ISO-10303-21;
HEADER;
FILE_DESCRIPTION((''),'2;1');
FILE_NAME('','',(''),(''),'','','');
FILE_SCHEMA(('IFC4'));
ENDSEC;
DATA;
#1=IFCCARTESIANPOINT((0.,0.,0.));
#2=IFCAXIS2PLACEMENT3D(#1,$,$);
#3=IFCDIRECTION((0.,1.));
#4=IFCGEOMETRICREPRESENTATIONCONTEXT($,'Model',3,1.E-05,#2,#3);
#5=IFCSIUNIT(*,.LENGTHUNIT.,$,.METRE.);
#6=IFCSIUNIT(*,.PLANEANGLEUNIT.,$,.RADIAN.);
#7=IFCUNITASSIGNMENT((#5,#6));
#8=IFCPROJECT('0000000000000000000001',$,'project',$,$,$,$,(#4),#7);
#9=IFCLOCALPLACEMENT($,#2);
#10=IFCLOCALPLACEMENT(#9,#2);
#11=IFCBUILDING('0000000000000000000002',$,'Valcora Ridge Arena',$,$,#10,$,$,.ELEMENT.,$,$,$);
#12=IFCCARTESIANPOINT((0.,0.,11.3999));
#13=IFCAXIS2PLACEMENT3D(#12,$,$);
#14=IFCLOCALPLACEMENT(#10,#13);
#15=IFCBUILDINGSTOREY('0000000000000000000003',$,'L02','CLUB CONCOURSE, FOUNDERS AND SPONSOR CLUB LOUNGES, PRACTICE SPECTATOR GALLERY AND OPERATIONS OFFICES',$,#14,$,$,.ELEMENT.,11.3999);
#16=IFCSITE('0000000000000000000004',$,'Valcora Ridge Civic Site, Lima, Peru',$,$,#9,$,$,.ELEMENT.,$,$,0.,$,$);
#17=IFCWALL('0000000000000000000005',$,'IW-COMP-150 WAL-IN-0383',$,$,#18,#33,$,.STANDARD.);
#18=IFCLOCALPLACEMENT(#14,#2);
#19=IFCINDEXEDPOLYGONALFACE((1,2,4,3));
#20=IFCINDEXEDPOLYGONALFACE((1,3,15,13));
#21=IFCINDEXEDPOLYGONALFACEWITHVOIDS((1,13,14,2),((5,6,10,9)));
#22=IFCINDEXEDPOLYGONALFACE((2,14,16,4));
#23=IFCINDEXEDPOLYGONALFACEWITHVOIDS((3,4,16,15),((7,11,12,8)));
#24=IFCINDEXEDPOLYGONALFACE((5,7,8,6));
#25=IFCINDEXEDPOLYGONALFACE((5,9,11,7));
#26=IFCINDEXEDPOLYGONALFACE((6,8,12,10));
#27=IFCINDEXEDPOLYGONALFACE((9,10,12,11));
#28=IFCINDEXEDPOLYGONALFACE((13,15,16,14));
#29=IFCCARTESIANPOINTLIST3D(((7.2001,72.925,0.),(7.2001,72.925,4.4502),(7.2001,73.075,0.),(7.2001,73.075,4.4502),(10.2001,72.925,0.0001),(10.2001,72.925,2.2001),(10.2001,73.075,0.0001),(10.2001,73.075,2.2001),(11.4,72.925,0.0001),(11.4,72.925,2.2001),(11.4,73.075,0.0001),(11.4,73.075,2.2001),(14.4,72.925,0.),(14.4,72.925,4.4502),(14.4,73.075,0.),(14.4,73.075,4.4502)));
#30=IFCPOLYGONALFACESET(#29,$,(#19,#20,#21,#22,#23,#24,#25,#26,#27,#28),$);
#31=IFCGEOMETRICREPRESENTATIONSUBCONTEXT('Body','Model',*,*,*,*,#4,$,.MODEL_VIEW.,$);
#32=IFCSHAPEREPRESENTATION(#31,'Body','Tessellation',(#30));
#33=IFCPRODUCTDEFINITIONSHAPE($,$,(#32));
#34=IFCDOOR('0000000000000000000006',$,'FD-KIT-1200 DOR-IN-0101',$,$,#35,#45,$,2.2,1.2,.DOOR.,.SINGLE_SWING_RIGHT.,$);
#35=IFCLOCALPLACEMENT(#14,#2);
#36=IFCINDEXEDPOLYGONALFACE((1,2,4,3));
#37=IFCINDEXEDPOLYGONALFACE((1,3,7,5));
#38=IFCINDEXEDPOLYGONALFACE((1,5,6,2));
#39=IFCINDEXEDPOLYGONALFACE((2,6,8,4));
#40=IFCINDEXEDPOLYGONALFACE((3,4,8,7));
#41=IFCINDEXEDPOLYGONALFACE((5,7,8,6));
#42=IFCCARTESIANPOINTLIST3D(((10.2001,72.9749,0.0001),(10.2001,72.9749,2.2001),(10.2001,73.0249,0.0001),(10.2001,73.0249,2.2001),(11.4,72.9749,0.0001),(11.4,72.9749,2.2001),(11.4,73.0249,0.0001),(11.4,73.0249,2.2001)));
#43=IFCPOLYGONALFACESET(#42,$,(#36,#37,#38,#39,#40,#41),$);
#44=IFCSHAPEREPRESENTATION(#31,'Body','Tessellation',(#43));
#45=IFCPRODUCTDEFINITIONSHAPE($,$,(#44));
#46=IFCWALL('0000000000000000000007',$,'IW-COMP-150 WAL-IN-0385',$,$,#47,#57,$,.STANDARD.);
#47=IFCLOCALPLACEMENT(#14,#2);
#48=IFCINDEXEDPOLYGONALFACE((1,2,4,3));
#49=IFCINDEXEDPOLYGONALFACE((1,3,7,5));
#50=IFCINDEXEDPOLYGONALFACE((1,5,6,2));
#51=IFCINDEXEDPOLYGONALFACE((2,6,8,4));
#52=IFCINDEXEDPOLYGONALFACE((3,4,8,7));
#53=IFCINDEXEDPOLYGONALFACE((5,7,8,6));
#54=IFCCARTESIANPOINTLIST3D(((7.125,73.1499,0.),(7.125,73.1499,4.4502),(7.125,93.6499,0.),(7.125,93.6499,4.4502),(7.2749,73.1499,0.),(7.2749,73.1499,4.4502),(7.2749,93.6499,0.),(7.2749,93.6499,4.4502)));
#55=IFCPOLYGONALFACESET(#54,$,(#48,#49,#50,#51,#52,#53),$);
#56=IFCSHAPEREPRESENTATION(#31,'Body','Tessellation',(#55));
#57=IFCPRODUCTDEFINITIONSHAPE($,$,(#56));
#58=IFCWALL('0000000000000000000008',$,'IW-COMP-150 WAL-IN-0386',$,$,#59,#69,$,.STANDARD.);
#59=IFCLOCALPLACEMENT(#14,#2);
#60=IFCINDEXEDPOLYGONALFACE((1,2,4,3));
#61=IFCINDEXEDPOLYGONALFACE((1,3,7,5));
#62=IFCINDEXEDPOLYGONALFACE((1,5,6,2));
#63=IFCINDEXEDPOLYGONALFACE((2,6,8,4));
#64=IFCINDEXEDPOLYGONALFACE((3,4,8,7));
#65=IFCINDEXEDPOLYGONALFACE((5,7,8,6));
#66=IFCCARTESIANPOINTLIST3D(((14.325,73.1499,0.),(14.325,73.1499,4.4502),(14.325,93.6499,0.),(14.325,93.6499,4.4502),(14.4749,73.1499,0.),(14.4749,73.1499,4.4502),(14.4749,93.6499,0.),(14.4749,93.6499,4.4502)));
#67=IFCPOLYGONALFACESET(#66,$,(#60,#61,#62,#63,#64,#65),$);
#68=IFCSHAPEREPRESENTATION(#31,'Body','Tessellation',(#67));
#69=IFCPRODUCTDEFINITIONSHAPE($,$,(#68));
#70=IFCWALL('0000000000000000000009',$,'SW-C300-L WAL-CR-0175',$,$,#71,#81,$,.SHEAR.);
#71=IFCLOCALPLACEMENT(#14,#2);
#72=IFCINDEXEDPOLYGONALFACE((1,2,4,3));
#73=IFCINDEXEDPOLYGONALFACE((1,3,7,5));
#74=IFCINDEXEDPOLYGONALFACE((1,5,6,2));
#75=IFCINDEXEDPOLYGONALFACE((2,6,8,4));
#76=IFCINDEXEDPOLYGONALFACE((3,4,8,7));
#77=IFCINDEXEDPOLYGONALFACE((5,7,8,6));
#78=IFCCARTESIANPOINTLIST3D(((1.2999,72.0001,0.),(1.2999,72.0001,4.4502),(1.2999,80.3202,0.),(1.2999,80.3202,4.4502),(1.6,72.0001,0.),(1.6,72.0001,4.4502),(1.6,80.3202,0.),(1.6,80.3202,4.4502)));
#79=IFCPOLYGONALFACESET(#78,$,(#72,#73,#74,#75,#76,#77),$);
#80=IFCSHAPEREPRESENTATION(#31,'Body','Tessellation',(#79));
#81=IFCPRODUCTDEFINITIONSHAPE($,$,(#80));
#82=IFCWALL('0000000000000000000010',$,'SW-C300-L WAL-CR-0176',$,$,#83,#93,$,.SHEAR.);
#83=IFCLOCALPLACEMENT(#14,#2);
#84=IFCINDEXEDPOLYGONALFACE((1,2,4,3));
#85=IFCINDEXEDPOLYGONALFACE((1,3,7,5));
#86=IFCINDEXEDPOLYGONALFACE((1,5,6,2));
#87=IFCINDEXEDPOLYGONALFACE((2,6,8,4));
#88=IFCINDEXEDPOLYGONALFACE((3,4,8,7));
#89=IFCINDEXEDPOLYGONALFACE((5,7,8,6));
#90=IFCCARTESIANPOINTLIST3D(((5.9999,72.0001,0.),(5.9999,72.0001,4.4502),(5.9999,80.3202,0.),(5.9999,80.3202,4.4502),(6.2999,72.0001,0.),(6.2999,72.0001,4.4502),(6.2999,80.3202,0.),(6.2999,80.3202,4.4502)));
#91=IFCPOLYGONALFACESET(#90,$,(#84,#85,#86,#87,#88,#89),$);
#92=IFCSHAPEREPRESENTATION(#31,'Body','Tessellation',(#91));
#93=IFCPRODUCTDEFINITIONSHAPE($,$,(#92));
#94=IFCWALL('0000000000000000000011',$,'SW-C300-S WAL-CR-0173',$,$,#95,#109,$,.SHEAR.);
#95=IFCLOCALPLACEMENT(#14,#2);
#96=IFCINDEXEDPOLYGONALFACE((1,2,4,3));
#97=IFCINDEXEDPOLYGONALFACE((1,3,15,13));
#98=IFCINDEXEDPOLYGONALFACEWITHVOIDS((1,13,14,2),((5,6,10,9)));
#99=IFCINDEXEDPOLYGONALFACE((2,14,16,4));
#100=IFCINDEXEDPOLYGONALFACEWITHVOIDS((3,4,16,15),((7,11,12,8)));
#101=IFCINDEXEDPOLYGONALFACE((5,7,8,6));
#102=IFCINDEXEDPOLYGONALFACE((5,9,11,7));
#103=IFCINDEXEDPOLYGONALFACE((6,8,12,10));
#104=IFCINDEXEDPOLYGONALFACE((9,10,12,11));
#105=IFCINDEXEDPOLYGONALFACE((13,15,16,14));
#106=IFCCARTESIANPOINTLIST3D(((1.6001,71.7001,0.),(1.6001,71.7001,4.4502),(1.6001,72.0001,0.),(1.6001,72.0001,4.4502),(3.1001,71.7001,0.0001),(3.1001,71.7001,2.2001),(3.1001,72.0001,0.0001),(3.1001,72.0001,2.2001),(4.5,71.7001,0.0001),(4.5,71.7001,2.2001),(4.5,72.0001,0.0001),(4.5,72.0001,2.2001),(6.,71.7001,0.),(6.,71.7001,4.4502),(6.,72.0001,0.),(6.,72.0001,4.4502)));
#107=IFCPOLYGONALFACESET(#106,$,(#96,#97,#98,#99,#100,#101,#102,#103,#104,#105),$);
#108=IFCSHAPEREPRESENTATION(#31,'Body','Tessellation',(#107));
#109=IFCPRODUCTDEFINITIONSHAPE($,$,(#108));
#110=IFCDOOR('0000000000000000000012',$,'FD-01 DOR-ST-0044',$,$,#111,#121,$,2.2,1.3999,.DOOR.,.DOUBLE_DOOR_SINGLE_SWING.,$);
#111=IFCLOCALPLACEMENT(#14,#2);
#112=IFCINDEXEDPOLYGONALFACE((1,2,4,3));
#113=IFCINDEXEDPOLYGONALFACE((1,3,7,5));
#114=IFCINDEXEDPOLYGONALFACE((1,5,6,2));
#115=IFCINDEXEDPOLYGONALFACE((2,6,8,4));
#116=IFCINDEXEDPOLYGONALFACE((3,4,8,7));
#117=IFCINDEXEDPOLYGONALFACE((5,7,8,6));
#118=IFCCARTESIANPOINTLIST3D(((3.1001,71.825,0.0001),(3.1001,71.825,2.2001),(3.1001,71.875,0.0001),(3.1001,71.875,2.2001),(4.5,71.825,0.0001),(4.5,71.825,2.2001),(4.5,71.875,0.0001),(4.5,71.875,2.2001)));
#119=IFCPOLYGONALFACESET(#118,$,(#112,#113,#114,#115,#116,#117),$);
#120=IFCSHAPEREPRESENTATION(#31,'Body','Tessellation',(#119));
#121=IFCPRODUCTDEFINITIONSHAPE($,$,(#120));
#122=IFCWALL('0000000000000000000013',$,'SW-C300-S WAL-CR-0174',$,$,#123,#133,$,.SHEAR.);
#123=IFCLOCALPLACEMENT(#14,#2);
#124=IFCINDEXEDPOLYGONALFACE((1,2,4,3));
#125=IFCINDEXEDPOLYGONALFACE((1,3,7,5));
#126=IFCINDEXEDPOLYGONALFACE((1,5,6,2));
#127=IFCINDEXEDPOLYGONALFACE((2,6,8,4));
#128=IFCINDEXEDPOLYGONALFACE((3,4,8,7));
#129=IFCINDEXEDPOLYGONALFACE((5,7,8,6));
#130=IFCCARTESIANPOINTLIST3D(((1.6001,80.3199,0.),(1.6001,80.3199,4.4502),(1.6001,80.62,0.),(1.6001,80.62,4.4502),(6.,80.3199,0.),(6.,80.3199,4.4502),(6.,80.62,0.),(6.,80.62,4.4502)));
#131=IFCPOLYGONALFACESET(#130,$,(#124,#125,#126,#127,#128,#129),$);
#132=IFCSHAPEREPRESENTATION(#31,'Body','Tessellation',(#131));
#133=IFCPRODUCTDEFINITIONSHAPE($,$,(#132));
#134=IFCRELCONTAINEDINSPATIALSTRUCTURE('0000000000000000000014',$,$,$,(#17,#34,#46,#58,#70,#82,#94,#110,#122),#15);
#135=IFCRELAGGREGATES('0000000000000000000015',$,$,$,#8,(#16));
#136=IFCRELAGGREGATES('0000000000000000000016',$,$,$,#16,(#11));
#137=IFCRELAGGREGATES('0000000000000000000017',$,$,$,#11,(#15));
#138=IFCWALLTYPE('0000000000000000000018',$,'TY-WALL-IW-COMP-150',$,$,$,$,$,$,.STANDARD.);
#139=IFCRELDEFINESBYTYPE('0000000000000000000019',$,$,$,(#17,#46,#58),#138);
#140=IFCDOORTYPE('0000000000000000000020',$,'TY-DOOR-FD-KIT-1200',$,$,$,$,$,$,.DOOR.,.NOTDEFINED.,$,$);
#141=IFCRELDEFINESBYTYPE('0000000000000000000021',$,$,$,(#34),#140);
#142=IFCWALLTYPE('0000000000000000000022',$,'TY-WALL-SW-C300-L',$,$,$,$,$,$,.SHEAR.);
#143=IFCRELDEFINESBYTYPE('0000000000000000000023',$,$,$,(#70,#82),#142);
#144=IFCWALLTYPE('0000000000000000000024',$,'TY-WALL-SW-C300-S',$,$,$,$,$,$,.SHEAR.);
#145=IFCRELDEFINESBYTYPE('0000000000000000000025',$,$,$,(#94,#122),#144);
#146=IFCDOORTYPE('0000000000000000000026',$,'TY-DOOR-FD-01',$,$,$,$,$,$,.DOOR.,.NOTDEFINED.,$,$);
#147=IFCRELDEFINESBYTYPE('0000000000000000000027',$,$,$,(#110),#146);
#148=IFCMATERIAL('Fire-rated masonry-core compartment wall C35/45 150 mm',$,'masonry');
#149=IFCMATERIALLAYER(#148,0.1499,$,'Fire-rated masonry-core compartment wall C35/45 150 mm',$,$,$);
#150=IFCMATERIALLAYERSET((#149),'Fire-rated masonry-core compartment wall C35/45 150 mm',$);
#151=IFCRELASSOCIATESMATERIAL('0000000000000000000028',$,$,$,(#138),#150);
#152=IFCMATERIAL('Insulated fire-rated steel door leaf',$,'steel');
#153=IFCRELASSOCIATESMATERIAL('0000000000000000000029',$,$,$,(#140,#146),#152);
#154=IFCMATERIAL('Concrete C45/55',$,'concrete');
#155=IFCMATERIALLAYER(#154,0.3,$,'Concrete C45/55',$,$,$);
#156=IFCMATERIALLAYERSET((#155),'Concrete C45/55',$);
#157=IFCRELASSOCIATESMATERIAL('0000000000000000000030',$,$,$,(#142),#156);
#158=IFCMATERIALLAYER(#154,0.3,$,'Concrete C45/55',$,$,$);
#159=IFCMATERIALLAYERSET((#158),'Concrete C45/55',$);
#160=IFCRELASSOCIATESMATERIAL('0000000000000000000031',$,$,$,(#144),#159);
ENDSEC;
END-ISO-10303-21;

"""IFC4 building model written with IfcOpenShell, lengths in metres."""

from ifc_helpers import new_model, si_unit, direction, frame, frame_2d, origin, place, context, subcontext, project, spatial, rectangle, extrude, material, layer, layer_set, type_object, element, fill, save


model = new_model("IFC4")

# Units and contexts
model_context = context("Model", 3, precision=1e-05, world=origin(), true_north=direction((0.0, 1.0)))
body_context = subcontext(model_context, "Body", "Model", "MODEL_VIEW")
ifc_project = project(units=[si_unit("LENGTHUNIT", "METRE"), si_unit("PLANEANGLEUNIT", "RADIAN")], contexts=[model_context])

# Site, building, storey
site_placement = place(None, origin())
site = spatial("IfcSite", under=ifc_project, at=site_placement, Name="Valcora Ridge Civic Site, Lima, Peru", CompositionType="ELEMENT", RefElevation=0.0)
building_placement = place(site_placement, origin())
building = spatial("IfcBuilding", under=site, at=building_placement, Name="Valcora Ridge Arena", CompositionType="ELEMENT")
storey_placement = place(building_placement, frame((0.0, 0.0, 11.3999)))
storey = spatial("IfcBuildingStorey", under=building, at=storey_placement, Name="L02", Description="CLUB CONCOURSE, FOUNDERS AND SPONSOR CLUB LOUNGES, PRACTICE SPECTATOR GALLERY AND OPERATIONS OFFICES", CompositionType="ELEMENT", Elevation=11.3999)

# Wall, opening, door
ifc_material_1 = material(Name="Fire-rated masonry-core compartment wall C35/45 150 mm", Category="masonry")
ifc_layer_1 = layer(ifc_material_1, 0.1499, Name="Fire-rated masonry-core compartment wall C35/45 150 mm")
ifc_layer_set_1 = layer_set([ifc_layer_1], Name="Fire-rated masonry-core compartment wall C35/45 150 mm")
wall_type_1 = type_object("IfcWallType", Name="TY-WALL-IW-COMP-150", PredefinedType="STANDARD", material=ifc_layer_set_1)
wall_1_placement = place(storey_placement, frame((7.2, 73.0, 0.0), z_axis=(0.0, 0.0, 1.0), x_axis=(1.0, 0.0, 0.0)))
wall_1 = element("IfcWall", 1, at=wall_1_placement, inside=storey, type_object=wall_type_1, Name="IW-COMP-150 WAL-IN-0383", PredefinedType="STANDARD", context=body_context, shape_type="SweptSolid", body=[
    extrude(rectangle(XDim=7.2, YDim=0.1499, at=frame_2d((3.6001, 0.0))), origin(), (0.0, 0.0, 1.0), 4.4502),
])
opening_1_placement = place(wall_1_placement, frame((3.0, 0.0, 0.0)))
opening_1 = element("IfcOpeningElement", 2, at=opening_1_placement, cuts=wall_1, PredefinedType="OPENING", context=body_context, shape_type="SweptSolid", body=[
    extrude(rectangle(XDim=1.2, YDim=2.2, at=frame_2d((0.6001, 1.1001))), frame((0.0, 0.085, 0.0), z_axis=(0.0, -1.0, 0.0), x_axis=(1.0, 0.0, 0.0)), (0.0, 0.0, 1.0), 0.1699),
])
ifc_material_2 = material(Name="Insulated fire-rated steel door leaf", Category="steel")
door_type_1 = type_object("IfcDoorType", Name="TY-DOOR-FD-KIT-1200", OperationType="NOTDEFINED", PredefinedType="DOOR", material=ifc_material_2)
door_1_placement = place(opening_1_placement, origin())
door_1 = element("IfcDoor", 3, at=door_1_placement, inside=storey, type_object=door_type_1, Name="FD-KIT-1200 DOR-IN-0101", OperationType="SINGLE_SWING_RIGHT", OverallHeight=2.2, OverallWidth=1.2, PredefinedType="DOOR", context=body_context, shape_type="SweptSolid", body=[
    extrude(rectangle(XDim=1.2, YDim=2.2, at=frame_2d((0.6001, 1.1001))), frame((0.0, 0.0249, 0.0), z_axis=(0.0, -1.0, 0.0), x_axis=(1.0, 0.0, 0.0)), (0.0, 0.0, 1.0), 0.05),
])
fill(opening_1, door_1)

# Walls
for number, where, z_axis, x_axis, name in (
    (4, (7.2, 73.1499, 0.0), (0.0, 0.0, 1.0), (0.0, 1.0, 0.0), "IW-COMP-150 WAL-IN-0385"),
    (5, (14.3999, 73.1499, 0.0), (0.0, 0.0, 1.0), (0.0, 1.0, 0.0), "IW-COMP-150 WAL-IN-0386"),
):
    element("IfcWall", number, at=place(storey_placement, frame(where, z_axis=z_axis, x_axis=x_axis)), inside=storey, type_object=wall_type_1, Name=name, PredefinedType="STANDARD", context=body_context, shape_type="SweptSolid", body=[
        extrude(rectangle(XDim=20.5, YDim=0.1499, at=frame_2d((10.25, 0.0))), origin(), (0.0, 0.0, 1.0), 4.4502),
    ])
ifc_material_3 = material(Name="Concrete C45/55", Category="concrete")
ifc_layer_2 = layer(ifc_material_3, 0.3, Name="Concrete C45/55")
ifc_layer_set_2 = layer_set([ifc_layer_2], Name="Concrete C45/55")
wall_type_2 = type_object("IfcWallType", Name="TY-WALL-SW-C300-L", PredefinedType="SHEAR", material=ifc_layer_set_2)
for number, where, z_axis, x_axis, name in (
    (6, (1.45, 72.0, 0.0), (0.0, 0.0, 1.0), (0.0, 1.0, 0.0), "SW-C300-L WAL-CR-0175"),
    (7, (6.1499, 72.0, 0.0), (0.0, 0.0, 1.0), (0.0, 1.0, 0.0), "SW-C300-L WAL-CR-0176"),
):
    element("IfcWall", number, at=place(storey_placement, frame(where, z_axis=z_axis, x_axis=x_axis)), inside=storey, type_object=wall_type_2, Name=name, PredefinedType="SHEAR", context=body_context, shape_type="SweptSolid", body=[
        extrude(rectangle(XDim=8.3201, YDim=0.3, at=frame_2d((4.1602, 0.0))), origin(), (0.0, 0.0, 1.0), 4.4502),
    ])

# Wall, opening, door
ifc_layer_3 = layer(ifc_material_3, 0.3, Name="Concrete C45/55")
ifc_layer_set_3 = layer_set([ifc_layer_3], Name="Concrete C45/55")
wall_type_3 = type_object("IfcWallType", Name="TY-WALL-SW-C300-S", PredefinedType="SHEAR", material=ifc_layer_set_3)
wall_2_placement = place(storey_placement, frame((1.6001, 71.8501, 0.0), z_axis=(0.0, 0.0, 1.0), x_axis=(1.0, 0.0, 0.0)))
wall_2 = element("IfcWall", 8, at=wall_2_placement, inside=storey, type_object=wall_type_3, Name="SW-C300-S WAL-CR-0173", PredefinedType="SHEAR", context=body_context, shape_type="SweptSolid", body=[
    extrude(rectangle(XDim=4.3999, YDim=0.3, at=frame_2d((2.2, 0.0))), origin(), (0.0, 0.0, 1.0), 4.4502),
])
opening_2_placement = place(wall_2_placement, frame((1.5, 0.0, 0.0)))
opening_2 = element("IfcOpeningElement", 9, at=opening_2_placement, cuts=wall_2, PredefinedType="OPENING", context=body_context, shape_type="SweptSolid", body=[
    extrude(rectangle(XDim=1.3999, YDim=2.2, at=frame_2d((0.7, 1.1001))), frame((0.0, 0.1599, 0.0), z_axis=(0.0, -1.0, 0.0), x_axis=(1.0, 0.0, 0.0)), (0.0, 0.0, 1.0), 0.3201),
])
door_type_2 = type_object("IfcDoorType", Name="TY-DOOR-FD-01", OperationType="NOTDEFINED", PredefinedType="DOOR", material=ifc_material_2)
door_2_placement = place(opening_2_placement, origin())
door_2 = element("IfcDoor", 10, at=door_2_placement, inside=storey, type_object=door_type_2, Name="FD-01 DOR-ST-0044", OperationType="DOUBLE_DOOR_SINGLE_SWING", OverallHeight=2.2, OverallWidth=1.3999, PredefinedType="DOOR", context=body_context, shape_type="SweptSolid", body=[
    extrude(rectangle(XDim=1.3999, YDim=2.2, at=frame_2d((0.7, 1.1001))), frame((0.0, 0.0249, 0.0), z_axis=(0.0, -1.0, 0.0), x_axis=(1.0, 0.0, 0.0)), (0.0, 0.0, 1.0), 0.05),
])
fill(opening_2, door_2)

# Wall
wall_3_placement = place(storey_placement, frame((1.6001, 80.47, 0.0), z_axis=(0.0, 0.0, 1.0), x_axis=(1.0, 0.0, 0.0)))
element("IfcWall", 11, at=wall_3_placement, inside=storey, type_object=wall_type_3, Name="SW-C300-S WAL-CR-0174", PredefinedType="SHEAR", context=body_context, shape_type="SweptSolid", body=[
    extrude(rectangle(XDim=4.3999, YDim=0.3, at=frame_2d((2.2, 0.0))), origin(), (0.0, 0.0, 1.0), 4.4502),
])

save(model, "model.ifc")
